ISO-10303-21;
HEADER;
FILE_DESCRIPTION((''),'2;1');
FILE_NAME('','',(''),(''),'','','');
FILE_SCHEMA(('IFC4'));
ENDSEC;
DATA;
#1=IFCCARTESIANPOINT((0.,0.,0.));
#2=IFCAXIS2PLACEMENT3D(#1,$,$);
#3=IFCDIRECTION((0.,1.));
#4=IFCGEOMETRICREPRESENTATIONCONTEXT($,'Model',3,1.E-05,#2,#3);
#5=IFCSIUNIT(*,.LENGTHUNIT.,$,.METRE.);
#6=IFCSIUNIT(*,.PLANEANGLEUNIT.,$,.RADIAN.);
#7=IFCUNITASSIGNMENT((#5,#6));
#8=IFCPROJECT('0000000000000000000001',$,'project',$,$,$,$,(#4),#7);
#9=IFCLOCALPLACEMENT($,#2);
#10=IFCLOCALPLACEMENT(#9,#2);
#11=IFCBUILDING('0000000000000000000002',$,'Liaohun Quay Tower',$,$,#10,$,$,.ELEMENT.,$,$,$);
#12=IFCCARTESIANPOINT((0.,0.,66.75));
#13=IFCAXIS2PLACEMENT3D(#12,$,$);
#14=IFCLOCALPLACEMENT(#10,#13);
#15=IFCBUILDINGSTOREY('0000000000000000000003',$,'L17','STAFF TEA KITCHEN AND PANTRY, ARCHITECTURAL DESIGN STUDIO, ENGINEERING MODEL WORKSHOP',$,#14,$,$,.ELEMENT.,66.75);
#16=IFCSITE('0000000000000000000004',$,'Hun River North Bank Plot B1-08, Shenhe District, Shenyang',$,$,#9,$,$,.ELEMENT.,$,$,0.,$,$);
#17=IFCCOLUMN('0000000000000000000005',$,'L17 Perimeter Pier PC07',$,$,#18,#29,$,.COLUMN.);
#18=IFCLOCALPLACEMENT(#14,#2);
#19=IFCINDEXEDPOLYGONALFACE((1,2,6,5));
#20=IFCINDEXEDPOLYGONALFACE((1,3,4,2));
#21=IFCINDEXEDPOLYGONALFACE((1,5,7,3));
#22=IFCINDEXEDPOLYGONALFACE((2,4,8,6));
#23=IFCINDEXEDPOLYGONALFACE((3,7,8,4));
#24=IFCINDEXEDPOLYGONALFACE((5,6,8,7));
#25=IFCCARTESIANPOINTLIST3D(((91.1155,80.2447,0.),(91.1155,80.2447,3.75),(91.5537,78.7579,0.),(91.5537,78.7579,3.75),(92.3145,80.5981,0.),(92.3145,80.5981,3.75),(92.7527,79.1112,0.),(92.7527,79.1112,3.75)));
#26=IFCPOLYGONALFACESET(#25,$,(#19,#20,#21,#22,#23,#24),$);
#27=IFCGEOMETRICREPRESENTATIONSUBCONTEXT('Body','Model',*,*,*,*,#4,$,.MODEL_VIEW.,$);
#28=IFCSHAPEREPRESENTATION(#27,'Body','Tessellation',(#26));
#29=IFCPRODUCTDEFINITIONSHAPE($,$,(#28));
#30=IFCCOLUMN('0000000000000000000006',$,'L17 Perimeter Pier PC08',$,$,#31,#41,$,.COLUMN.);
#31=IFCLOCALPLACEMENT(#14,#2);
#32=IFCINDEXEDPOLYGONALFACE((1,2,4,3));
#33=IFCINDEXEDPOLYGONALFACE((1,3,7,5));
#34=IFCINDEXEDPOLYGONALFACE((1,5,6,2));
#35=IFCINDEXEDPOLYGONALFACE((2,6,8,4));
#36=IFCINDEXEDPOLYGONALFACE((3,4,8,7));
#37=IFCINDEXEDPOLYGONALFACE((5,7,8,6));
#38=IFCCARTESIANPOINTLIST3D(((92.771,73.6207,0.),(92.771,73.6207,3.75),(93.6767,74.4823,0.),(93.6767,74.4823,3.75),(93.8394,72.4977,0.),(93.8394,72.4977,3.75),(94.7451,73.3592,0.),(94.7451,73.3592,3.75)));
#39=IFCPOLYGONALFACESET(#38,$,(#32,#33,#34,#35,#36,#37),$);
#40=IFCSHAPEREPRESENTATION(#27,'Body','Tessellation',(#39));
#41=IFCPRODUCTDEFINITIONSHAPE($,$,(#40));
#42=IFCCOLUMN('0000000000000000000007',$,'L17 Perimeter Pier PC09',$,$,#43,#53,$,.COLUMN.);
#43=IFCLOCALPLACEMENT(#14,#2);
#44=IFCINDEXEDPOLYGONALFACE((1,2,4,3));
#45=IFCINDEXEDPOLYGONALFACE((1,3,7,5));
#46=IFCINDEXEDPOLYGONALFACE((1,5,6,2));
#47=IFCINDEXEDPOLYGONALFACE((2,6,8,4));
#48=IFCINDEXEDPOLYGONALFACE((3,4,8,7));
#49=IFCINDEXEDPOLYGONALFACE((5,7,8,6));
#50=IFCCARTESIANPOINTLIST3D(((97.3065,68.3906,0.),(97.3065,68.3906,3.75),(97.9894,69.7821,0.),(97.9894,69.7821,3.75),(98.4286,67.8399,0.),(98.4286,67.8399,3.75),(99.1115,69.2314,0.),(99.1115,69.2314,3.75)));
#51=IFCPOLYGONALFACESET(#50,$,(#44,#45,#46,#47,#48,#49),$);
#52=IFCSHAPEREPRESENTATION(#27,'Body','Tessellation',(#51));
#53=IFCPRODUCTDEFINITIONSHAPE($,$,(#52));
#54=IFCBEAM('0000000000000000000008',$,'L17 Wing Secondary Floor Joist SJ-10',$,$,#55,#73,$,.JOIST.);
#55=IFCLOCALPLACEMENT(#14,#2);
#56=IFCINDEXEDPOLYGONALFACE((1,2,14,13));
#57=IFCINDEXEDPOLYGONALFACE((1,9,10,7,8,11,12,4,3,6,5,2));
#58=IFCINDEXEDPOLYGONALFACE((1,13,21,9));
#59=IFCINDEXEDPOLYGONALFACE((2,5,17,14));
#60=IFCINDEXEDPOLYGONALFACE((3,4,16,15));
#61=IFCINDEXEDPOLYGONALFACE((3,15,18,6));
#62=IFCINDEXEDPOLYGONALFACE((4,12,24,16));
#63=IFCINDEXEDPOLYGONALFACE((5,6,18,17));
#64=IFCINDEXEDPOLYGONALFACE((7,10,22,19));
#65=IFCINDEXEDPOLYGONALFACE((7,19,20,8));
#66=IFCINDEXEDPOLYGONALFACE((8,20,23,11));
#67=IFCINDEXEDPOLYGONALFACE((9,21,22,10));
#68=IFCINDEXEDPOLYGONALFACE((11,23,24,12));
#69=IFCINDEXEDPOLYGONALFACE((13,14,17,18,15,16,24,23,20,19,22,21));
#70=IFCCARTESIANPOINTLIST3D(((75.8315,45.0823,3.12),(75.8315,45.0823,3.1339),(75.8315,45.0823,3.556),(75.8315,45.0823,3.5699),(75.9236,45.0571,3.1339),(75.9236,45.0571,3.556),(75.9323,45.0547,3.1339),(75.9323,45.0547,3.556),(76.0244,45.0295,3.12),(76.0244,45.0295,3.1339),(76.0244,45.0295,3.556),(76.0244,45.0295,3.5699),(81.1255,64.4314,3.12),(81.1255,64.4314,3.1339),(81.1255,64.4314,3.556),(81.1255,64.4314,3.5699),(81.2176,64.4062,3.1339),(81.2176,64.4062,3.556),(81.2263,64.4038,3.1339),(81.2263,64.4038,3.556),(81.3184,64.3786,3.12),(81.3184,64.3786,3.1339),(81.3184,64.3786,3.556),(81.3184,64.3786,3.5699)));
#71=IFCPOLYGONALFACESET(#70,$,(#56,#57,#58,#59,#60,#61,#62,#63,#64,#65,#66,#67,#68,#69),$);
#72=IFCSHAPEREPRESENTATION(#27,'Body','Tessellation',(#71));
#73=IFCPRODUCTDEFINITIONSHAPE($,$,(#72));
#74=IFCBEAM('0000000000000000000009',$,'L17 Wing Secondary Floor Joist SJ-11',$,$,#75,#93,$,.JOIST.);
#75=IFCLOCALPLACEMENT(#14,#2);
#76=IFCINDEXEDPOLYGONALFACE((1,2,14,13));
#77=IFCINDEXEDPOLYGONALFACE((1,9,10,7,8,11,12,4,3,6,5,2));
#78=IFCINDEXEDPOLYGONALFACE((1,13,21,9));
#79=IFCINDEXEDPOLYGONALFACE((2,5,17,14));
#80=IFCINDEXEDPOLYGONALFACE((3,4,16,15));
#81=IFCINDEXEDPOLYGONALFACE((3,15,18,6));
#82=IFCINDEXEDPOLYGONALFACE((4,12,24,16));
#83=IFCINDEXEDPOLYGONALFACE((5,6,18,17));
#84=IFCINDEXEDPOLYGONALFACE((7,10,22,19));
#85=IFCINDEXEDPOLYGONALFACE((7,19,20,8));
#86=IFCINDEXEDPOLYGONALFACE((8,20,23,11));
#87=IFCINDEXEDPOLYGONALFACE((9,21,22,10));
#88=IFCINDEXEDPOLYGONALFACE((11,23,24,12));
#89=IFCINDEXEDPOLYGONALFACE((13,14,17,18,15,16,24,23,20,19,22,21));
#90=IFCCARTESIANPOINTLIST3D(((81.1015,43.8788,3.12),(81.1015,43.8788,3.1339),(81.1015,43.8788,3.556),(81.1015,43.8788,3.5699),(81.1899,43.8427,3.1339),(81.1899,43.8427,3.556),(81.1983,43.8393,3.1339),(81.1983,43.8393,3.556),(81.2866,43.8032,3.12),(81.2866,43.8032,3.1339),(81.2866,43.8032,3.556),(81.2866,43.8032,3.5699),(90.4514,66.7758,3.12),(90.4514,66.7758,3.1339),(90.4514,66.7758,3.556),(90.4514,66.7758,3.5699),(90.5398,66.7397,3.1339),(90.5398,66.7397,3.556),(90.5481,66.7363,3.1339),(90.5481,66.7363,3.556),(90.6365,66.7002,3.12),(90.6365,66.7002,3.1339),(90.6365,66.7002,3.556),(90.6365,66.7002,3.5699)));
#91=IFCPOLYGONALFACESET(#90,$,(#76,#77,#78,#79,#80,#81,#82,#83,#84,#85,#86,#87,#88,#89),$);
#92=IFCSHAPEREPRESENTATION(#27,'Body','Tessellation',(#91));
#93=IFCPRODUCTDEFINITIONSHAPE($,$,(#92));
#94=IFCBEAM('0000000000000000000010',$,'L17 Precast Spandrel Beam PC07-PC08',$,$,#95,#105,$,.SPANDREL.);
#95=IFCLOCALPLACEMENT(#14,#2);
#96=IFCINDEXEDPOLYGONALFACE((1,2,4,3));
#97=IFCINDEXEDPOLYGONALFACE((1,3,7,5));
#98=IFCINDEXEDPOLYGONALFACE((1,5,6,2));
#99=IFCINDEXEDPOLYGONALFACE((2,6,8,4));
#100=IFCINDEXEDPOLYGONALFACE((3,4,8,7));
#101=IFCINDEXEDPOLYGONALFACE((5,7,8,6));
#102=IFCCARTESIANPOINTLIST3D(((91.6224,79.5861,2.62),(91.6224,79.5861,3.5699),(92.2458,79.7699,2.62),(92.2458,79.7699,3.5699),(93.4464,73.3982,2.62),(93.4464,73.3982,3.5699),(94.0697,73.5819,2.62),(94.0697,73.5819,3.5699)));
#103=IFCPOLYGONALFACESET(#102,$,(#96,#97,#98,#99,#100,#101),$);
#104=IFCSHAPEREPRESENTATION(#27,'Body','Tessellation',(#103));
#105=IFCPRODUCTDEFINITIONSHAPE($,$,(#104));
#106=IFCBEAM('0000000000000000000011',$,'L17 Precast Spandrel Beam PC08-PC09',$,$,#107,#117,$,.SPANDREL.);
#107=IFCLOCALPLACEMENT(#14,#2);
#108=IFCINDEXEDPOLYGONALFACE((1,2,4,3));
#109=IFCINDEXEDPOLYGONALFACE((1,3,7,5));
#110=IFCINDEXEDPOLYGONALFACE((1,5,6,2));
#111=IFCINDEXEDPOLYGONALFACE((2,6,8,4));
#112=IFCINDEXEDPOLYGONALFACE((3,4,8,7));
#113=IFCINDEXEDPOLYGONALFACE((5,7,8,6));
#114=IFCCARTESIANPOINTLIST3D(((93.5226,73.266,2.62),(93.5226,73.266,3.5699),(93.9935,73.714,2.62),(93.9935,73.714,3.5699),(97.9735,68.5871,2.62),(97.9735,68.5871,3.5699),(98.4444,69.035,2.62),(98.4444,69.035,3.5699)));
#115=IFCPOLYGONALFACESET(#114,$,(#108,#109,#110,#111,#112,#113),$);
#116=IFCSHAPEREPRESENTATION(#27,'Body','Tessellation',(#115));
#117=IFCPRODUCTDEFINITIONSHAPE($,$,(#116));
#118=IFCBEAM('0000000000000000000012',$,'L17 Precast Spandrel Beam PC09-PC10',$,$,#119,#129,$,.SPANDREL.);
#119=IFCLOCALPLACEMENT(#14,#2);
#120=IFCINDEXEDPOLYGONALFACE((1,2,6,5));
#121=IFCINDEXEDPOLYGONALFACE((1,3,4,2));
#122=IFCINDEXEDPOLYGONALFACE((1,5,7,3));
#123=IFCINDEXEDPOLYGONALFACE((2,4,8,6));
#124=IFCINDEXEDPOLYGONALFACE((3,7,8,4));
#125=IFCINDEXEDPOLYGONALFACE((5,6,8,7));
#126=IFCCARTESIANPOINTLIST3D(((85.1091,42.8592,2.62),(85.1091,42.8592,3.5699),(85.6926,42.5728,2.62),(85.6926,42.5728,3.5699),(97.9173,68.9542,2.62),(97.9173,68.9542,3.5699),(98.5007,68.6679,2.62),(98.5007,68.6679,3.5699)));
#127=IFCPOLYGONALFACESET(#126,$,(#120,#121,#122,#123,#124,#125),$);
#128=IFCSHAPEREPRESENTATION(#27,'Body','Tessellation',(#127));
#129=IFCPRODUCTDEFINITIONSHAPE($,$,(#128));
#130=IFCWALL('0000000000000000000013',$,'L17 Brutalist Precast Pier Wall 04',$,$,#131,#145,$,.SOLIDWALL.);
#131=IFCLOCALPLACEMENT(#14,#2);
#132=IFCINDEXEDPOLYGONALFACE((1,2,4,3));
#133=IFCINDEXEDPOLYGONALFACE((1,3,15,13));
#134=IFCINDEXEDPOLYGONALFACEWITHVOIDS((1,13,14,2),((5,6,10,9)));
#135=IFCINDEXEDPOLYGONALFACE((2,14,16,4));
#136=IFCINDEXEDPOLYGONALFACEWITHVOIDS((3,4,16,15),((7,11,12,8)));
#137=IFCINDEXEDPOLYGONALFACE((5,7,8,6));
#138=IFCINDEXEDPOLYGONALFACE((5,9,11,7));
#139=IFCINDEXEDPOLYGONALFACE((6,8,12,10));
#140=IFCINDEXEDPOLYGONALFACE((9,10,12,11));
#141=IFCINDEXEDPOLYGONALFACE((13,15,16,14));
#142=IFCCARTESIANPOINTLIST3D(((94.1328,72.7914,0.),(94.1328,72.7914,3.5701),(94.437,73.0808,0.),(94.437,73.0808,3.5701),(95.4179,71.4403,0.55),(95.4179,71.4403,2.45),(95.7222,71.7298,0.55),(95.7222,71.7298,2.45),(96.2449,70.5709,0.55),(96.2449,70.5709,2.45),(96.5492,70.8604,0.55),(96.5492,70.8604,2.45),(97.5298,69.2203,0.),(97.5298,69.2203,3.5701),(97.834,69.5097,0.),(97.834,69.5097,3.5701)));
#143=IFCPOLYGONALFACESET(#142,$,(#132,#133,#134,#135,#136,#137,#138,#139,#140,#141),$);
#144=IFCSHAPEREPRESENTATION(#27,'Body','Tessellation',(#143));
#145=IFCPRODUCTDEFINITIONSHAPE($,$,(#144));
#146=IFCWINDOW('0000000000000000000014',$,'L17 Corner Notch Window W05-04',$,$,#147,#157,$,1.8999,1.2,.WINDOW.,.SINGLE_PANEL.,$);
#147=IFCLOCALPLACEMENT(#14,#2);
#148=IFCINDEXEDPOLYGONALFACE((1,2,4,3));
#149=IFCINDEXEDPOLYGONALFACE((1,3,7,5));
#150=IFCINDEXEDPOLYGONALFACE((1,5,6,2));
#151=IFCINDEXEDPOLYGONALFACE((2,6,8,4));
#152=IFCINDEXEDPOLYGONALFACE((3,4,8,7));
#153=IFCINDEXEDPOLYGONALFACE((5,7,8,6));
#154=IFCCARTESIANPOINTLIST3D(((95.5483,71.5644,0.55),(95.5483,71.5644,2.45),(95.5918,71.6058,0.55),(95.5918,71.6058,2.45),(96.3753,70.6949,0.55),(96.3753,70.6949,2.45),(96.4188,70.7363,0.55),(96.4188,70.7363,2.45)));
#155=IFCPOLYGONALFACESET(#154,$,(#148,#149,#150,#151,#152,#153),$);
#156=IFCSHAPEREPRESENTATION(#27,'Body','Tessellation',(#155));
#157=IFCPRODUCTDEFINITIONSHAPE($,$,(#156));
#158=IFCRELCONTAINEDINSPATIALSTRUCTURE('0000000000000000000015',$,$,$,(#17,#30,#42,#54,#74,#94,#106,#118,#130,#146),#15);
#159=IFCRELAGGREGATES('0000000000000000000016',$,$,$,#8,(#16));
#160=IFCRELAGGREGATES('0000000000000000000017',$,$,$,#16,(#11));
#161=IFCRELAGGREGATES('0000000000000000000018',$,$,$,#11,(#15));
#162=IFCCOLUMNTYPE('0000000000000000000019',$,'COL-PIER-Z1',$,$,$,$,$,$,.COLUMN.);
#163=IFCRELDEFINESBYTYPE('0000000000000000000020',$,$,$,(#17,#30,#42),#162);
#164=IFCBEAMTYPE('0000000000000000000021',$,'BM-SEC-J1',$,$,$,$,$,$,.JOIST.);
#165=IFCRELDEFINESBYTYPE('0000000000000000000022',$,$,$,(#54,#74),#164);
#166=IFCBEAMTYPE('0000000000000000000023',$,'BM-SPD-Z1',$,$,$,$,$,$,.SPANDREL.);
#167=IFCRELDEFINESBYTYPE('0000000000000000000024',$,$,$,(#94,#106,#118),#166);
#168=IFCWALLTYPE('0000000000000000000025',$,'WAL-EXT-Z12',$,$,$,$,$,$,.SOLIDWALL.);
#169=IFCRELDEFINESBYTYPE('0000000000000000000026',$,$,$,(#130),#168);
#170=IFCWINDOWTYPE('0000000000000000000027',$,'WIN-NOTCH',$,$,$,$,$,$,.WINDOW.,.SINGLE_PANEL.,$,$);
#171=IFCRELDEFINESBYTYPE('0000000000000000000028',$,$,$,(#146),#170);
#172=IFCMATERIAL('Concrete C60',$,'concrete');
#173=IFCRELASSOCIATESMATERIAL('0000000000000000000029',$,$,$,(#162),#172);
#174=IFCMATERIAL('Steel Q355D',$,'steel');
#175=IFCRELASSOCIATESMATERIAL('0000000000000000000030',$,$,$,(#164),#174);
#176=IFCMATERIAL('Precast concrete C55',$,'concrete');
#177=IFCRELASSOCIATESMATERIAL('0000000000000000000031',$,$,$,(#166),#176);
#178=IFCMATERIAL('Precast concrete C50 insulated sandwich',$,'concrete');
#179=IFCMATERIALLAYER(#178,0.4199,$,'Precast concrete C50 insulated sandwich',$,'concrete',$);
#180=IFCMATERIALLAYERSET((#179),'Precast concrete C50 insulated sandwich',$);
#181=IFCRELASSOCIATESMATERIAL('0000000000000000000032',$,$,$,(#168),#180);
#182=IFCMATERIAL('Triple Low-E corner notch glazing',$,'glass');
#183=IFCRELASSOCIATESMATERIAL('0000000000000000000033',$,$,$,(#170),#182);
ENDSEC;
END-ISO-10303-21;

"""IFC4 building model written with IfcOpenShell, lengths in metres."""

from ifc_helpers import new_model, si_unit, direction, frame, frame_2d, origin, origin_2d, place, context, subcontext, project, spatial, rectangle, i_section, extrude, source, transform, mapped, material, layer, layer_set, material_profile, profile_set, type_object, element, fill, save


model = new_model("IFC4")

# Units and contexts
model_context = context("Model", 3, precision=1e-05, world=origin(), true_north=direction((0.0, 1.0)))
body_context = subcontext(model_context, "Body", "Model", "MODEL_VIEW")
ifc_project = project(units=[si_unit("LENGTHUNIT", "METRE"), si_unit("PLANEANGLEUNIT", "RADIAN")], contexts=[model_context])

# Site, building, storey
site_placement = place(None, origin())
site = spatial("IfcSite", under=ifc_project, at=site_placement, Name="Hun River North Bank Plot B1-08, Shenhe District, Shenyang", CompositionType="ELEMENT", RefElevation=0.0)
building_placement = place(site_placement, origin())
building = spatial("IfcBuilding", under=site, at=building_placement, Name="Liaohun Quay Tower", CompositionType="ELEMENT")
storey_placement = place(building_placement, frame((0.0, 0.0, 66.75)))
storey = spatial("IfcBuildingStorey", under=building, at=storey_placement, Name="L17", Description="STAFF TEA KITCHEN AND PANTRY, ARCHITECTURAL DESIGN STUDIO, ENGINEERING MODEL WORKSHOP", CompositionType="ELEMENT", Elevation=66.75)

# Columns
ifc_material_1 = material(Name="Concrete C60", Category="concrete")
ifc_material_profile_1 = material_profile(ifc_material_1, rectangle(XDim=1.55, YDim=1.25, at=origin_2d()), Name="RC1550x1250")
ifc_profile_set_1 = profile_set([ifc_material_profile_1], Name="Concrete C60")
column_type = type_object("IfcColumnType", Name="COL-PIER-Z1", PredefinedType="COLUMN", material=ifc_profile_set_1)
shared_shape_1 = source(origin(), body_context, "Body", "SweptSolid", [
    extrude(rectangle(XDim=1.55, YDim=1.25, at=origin_2d()), origin(), (0.0, 0.0, 1.0), 3.75),
])
for number, where, z_axis, x_axis, name in (
    (1, (91.9341, 79.678, 0.0), (0.0, 0.0, 1.0), (-0.282676, 0.959215, 0.0), "L17 Perimeter Pier PC07"),
    (2, (93.7581, 73.49, 0.0), (0.0, 0.0, 1.0), (-0.68924, 0.724533, 0.0), "L17 Perimeter Pier PC08"),
    (3, (98.209, 68.811, 0.0), (0.0, 0.0, 1.0), (0.440566, 0.89772, 0.0), "L17 Perimeter Pier PC09"),
):
    element("IfcColumn", number, at=place(storey_placement, frame(where, z_axis=z_axis, x_axis=x_axis)), inside=storey, type_object=column_type, Name=name, PredefinedType="COLUMN", context=body_context, shape_type="MappedRepresentation", body=[
        mapped(shared_shape_1, transform((0.0, 0.0, 0.0), x_axis=(1.0, 0.0, 0.0), y_axis=(0.0, 1.0, 0.0), z_axis=(0.0, 0.0, 1.0), scale=1.0)),
    ])

# Beams
ifc_material_2 = material(Name="Steel Q355D", Category="steel")
ifc_material_profile_2 = material_profile(ifc_material_2, i_section(OverallWidth=0.2, OverallDepth=0.45, WebThickness=0.009, FlangeThickness=0.0139, at=origin_2d()), Name="HN450x200x9x14")
ifc_profile_set_2 = profile_set([ifc_material_profile_2], Name="Steel Q355D")
beam_type_1 = type_object("IfcBeamType", Name="BM-SEC-J1", PredefinedType="JOIST", material=ifc_profile_set_2)
shared_shape_2 = source(origin(), body_context, "Body", "SweptSolid", [
    extrude(i_section(OverallWidth=0.2, OverallDepth=0.45, WebThickness=0.009, FlangeThickness=0.0139, at=origin_2d()), origin(), (0.0, 0.0, 1.0), 20.0603),
])
beam_1_placement = place(storey_placement, frame((81.2219, 64.405, 3.345), z_axis=(-0.263902, -0.964549, 0.0), x_axis=(0.964549, -0.263902, 0.0)))
element("IfcBeam", 4, at=beam_1_placement, inside=storey, type_object=beam_type_1, Name="L17 Wing Secondary Floor Joist SJ-10", PredefinedType="JOIST", context=body_context, shape_type="MappedRepresentation", body=[
    mapped(shared_shape_2, transform((0.0, 0.0, 0.0), x_axis=(1.0, 0.0, 0.0), y_axis=(0.0, 1.0, 0.0), z_axis=(0.0, 0.0, 1.0), scale=1.0)),
])
shared_shape_3 = source(origin(), body_context, "Body", "SweptSolid", [
    extrude(i_section(OverallWidth=0.2, OverallDepth=0.45, WebThickness=0.009, FlangeThickness=0.0139, at=origin_2d()), origin(), (0.0, 0.0, 1.0), 24.7324),
])
beam_2_placement = place(storey_placement, frame((90.5439, 66.738, 3.345), z_axis=(-0.378041, -0.925789, 0.0), x_axis=(0.925789, -0.378041, 0.0)))
element("IfcBeam", 5, at=beam_2_placement, inside=storey, type_object=beam_type_1, Name="L17 Wing Secondary Floor Joist SJ-11", PredefinedType="JOIST", context=body_context, shape_type="MappedRepresentation", body=[
    mapped(shared_shape_3, transform((0.0, 0.0, 0.0), x_axis=(1.0, 0.0, 0.0), y_axis=(0.0, 1.0, 0.0), z_axis=(0.0, 0.0, 1.0), scale=1.0)),
])
ifc_material_3 = material(Name="Precast concrete C55", Category="concrete")
ifc_material_profile_3 = material_profile(ifc_material_3, rectangle(XDim=0.6499, YDim=0.95, at=origin_2d()), Name="RC650x950")
ifc_profile_set_3 = profile_set([ifc_material_profile_3], Name="Precast concrete C55")
beam_type_2 = type_object("IfcBeamType", Name="BM-SPD-Z1", PredefinedType="SPANDREL", material=ifc_profile_set_3)
shared_shape_4 = source(origin(), body_context, "Body", "SweptSolid", [
    extrude(rectangle(XDim=0.6499, YDim=0.95, at=origin_2d()), origin(), (0.0, 0.0, 1.0), 6.4512),
])
beam_3_placement = place(storey_placement, frame((91.9341, 79.678, 3.095), z_axis=(0.282734, -0.959198, 0.0), x_axis=(0.959198, 0.282734, 0.0)))
element("IfcBeam", 6, at=beam_3_placement, inside=storey, type_object=beam_type_2, Name="L17 Precast Spandrel Beam PC07-PC08", PredefinedType="SPANDREL", context=body_context, shape_type="MappedRepresentation", body=[
    mapped(shared_shape_4, transform((0.0, 0.0, 0.0), x_axis=(1.0, 0.0, 0.0), y_axis=(0.0, 1.0, 0.0), z_axis=(0.0, 0.0, 1.0), scale=1.0)),
])
shared_shape_5 = source(origin(), body_context, "Body", "SweptSolid", [
    extrude(rectangle(XDim=0.6499, YDim=0.95, at=origin_2d()), origin(), (0.0, 0.0, 1.0), 6.4578),
])
beam_4_placement = place(storey_placement, frame((93.7581, 73.49, 3.095), z_axis=(0.689231, -0.724541, 0.0), x_axis=(0.724541, 0.689231, 0.0)))
element("IfcBeam", 7, at=beam_4_placement, inside=storey, type_object=beam_type_2, Name="L17 Precast Spandrel Beam PC08-PC09", PredefinedType="SPANDREL", context=body_context, shape_type="MappedRepresentation", body=[
    mapped(shared_shape_5, transform((0.0, 0.0, 0.0), x_axis=(1.0, 0.0, 0.0), y_axis=(0.0, 1.0, 0.0), z_axis=(0.0, 0.0, 1.0), scale=1.0)),
])
shared_shape_6 = source(origin(), body_context, "Body", "SweptSolid", [
    extrude(rectangle(XDim=0.6499, YDim=0.95, at=origin_2d()), origin(), (0.0, 0.0, 1.0), 29.0688),
])
beam_5_placement = place(storey_placement, frame((98.209, 68.811, 3.095), z_axis=(-0.440614, -0.897697, 0.0), x_axis=(0.897697, -0.440614, 0.0)))
element("IfcBeam", 8, at=beam_5_placement, inside=storey, type_object=beam_type_2, Name="L17 Precast Spandrel Beam PC09-PC10", PredefinedType="SPANDREL", context=body_context, shape_type="MappedRepresentation", body=[
    mapped(shared_shape_6, transform((0.0, 0.0, 0.0), x_axis=(1.0, 0.0, 0.0), y_axis=(0.0, 1.0, 0.0), z_axis=(0.0, 0.0, 1.0), scale=1.0)),
])

# Wall, opening, window
ifc_material_4 = material(Name="Precast concrete C50 insulated sandwich", Category="concrete")
ifc_layer_1 = layer(ifc_material_4, 0.4199, Name="Precast concrete C50 insulated sandwich", Category="concrete")
ifc_layer_set_1 = layer_set([ifc_layer_1], Name="Precast concrete C50 insulated sandwich")
wall_type_1 = type_object("IfcWallType", Name="WAL-EXT-Z12", PredefinedType="SOLIDWALL", material=ifc_layer_set_1)
wall_1_placement = place(storey_placement, frame((97.6819, 69.365, 0.0), z_axis=(0.0, 0.0, 1.0), x_axis=(-0.689227, 0.724545, 0.0)))
wall_1 = element("IfcWall", 9, at=wall_1_placement, inside=storey, type_object=wall_type_1, Name="L17 Brutalist Precast Pier Wall 04", PredefinedType="SOLIDWALL", context=body_context, shape_type="SweptSolid", body=[
    extrude(rectangle(XDim=4.9287, YDim=0.4199, at=frame_2d((2.4644, 0.0))), origin(), (0.0, 0.0, 1.0), 3.5701),
])
shared_shape_7 = source(origin(), body_context, "Body", "SweptSolid", [
    extrude(rectangle(XDim=1.2, YDim=1.8999, at=frame_2d((0.6001, 0.95))), frame((0.0, 0.22, 0.0), z_axis=(0.0, -1.0, 0.0), x_axis=(1.0, 0.0, 0.0)), (0.0, 0.0, 1.0), 0.4399),
])
opening_1_placement = place(wall_1_placement, frame((1.864, 0.0, 0.55)))
opening_1 = element("IfcOpeningElement", 10, at=opening_1_placement, cuts=wall_1, PredefinedType="OPENING", context=body_context, shape_type="MappedRepresentation", body=[
    mapped(shared_shape_7, transform((0.0, 0.0, 0.0), x_axis=(1.0, 0.0, 0.0), y_axis=(0.0, 1.0, 0.0), z_axis=(0.0, 0.0, 1.0), scale=1.0)),
])
ifc_material_5 = material(Name="Triple Low-E corner notch glazing", Category="glass")
window_type_1 = type_object("IfcWindowType", Name="WIN-NOTCH", PartitioningType="SINGLE_PANEL", PredefinedType="WINDOW", material=ifc_material_5)
shared_shape_8 = source(origin(), body_context, "Body", "SweptSolid", [
    extrude(rectangle(XDim=1.2, YDim=1.8999, at=frame_2d((0.6001, 0.95))), frame((0.0, 0.03, 0.0), z_axis=(0.0, -1.0, 0.0), x_axis=(1.0, 0.0, 0.0)), (0.0, 0.0, 1.0), 0.0601),
])
window_1_placement = place(opening_1_placement, origin())
window_1 = element("IfcWindow", 11, at=window_1_placement, inside=storey, type_object=window_type_1, Name="L17 Corner Notch Window W05-04", OverallHeight=1.8999, OverallWidth=1.2, PartitioningType="SINGLE_PANEL", PredefinedType="WINDOW", context=body_context, shape_type="MappedRepresentation", body=[
    mapped(shared_shape_8, transform((0.0, 0.0, 0.0), x_axis=(1.0, 0.0, 0.0), y_axis=(0.0, 1.0, 0.0), z_axis=(0.0, 0.0, 1.0), scale=1.0)),
])
fill(opening_1, window_1)

save(model, "model.ifc")
